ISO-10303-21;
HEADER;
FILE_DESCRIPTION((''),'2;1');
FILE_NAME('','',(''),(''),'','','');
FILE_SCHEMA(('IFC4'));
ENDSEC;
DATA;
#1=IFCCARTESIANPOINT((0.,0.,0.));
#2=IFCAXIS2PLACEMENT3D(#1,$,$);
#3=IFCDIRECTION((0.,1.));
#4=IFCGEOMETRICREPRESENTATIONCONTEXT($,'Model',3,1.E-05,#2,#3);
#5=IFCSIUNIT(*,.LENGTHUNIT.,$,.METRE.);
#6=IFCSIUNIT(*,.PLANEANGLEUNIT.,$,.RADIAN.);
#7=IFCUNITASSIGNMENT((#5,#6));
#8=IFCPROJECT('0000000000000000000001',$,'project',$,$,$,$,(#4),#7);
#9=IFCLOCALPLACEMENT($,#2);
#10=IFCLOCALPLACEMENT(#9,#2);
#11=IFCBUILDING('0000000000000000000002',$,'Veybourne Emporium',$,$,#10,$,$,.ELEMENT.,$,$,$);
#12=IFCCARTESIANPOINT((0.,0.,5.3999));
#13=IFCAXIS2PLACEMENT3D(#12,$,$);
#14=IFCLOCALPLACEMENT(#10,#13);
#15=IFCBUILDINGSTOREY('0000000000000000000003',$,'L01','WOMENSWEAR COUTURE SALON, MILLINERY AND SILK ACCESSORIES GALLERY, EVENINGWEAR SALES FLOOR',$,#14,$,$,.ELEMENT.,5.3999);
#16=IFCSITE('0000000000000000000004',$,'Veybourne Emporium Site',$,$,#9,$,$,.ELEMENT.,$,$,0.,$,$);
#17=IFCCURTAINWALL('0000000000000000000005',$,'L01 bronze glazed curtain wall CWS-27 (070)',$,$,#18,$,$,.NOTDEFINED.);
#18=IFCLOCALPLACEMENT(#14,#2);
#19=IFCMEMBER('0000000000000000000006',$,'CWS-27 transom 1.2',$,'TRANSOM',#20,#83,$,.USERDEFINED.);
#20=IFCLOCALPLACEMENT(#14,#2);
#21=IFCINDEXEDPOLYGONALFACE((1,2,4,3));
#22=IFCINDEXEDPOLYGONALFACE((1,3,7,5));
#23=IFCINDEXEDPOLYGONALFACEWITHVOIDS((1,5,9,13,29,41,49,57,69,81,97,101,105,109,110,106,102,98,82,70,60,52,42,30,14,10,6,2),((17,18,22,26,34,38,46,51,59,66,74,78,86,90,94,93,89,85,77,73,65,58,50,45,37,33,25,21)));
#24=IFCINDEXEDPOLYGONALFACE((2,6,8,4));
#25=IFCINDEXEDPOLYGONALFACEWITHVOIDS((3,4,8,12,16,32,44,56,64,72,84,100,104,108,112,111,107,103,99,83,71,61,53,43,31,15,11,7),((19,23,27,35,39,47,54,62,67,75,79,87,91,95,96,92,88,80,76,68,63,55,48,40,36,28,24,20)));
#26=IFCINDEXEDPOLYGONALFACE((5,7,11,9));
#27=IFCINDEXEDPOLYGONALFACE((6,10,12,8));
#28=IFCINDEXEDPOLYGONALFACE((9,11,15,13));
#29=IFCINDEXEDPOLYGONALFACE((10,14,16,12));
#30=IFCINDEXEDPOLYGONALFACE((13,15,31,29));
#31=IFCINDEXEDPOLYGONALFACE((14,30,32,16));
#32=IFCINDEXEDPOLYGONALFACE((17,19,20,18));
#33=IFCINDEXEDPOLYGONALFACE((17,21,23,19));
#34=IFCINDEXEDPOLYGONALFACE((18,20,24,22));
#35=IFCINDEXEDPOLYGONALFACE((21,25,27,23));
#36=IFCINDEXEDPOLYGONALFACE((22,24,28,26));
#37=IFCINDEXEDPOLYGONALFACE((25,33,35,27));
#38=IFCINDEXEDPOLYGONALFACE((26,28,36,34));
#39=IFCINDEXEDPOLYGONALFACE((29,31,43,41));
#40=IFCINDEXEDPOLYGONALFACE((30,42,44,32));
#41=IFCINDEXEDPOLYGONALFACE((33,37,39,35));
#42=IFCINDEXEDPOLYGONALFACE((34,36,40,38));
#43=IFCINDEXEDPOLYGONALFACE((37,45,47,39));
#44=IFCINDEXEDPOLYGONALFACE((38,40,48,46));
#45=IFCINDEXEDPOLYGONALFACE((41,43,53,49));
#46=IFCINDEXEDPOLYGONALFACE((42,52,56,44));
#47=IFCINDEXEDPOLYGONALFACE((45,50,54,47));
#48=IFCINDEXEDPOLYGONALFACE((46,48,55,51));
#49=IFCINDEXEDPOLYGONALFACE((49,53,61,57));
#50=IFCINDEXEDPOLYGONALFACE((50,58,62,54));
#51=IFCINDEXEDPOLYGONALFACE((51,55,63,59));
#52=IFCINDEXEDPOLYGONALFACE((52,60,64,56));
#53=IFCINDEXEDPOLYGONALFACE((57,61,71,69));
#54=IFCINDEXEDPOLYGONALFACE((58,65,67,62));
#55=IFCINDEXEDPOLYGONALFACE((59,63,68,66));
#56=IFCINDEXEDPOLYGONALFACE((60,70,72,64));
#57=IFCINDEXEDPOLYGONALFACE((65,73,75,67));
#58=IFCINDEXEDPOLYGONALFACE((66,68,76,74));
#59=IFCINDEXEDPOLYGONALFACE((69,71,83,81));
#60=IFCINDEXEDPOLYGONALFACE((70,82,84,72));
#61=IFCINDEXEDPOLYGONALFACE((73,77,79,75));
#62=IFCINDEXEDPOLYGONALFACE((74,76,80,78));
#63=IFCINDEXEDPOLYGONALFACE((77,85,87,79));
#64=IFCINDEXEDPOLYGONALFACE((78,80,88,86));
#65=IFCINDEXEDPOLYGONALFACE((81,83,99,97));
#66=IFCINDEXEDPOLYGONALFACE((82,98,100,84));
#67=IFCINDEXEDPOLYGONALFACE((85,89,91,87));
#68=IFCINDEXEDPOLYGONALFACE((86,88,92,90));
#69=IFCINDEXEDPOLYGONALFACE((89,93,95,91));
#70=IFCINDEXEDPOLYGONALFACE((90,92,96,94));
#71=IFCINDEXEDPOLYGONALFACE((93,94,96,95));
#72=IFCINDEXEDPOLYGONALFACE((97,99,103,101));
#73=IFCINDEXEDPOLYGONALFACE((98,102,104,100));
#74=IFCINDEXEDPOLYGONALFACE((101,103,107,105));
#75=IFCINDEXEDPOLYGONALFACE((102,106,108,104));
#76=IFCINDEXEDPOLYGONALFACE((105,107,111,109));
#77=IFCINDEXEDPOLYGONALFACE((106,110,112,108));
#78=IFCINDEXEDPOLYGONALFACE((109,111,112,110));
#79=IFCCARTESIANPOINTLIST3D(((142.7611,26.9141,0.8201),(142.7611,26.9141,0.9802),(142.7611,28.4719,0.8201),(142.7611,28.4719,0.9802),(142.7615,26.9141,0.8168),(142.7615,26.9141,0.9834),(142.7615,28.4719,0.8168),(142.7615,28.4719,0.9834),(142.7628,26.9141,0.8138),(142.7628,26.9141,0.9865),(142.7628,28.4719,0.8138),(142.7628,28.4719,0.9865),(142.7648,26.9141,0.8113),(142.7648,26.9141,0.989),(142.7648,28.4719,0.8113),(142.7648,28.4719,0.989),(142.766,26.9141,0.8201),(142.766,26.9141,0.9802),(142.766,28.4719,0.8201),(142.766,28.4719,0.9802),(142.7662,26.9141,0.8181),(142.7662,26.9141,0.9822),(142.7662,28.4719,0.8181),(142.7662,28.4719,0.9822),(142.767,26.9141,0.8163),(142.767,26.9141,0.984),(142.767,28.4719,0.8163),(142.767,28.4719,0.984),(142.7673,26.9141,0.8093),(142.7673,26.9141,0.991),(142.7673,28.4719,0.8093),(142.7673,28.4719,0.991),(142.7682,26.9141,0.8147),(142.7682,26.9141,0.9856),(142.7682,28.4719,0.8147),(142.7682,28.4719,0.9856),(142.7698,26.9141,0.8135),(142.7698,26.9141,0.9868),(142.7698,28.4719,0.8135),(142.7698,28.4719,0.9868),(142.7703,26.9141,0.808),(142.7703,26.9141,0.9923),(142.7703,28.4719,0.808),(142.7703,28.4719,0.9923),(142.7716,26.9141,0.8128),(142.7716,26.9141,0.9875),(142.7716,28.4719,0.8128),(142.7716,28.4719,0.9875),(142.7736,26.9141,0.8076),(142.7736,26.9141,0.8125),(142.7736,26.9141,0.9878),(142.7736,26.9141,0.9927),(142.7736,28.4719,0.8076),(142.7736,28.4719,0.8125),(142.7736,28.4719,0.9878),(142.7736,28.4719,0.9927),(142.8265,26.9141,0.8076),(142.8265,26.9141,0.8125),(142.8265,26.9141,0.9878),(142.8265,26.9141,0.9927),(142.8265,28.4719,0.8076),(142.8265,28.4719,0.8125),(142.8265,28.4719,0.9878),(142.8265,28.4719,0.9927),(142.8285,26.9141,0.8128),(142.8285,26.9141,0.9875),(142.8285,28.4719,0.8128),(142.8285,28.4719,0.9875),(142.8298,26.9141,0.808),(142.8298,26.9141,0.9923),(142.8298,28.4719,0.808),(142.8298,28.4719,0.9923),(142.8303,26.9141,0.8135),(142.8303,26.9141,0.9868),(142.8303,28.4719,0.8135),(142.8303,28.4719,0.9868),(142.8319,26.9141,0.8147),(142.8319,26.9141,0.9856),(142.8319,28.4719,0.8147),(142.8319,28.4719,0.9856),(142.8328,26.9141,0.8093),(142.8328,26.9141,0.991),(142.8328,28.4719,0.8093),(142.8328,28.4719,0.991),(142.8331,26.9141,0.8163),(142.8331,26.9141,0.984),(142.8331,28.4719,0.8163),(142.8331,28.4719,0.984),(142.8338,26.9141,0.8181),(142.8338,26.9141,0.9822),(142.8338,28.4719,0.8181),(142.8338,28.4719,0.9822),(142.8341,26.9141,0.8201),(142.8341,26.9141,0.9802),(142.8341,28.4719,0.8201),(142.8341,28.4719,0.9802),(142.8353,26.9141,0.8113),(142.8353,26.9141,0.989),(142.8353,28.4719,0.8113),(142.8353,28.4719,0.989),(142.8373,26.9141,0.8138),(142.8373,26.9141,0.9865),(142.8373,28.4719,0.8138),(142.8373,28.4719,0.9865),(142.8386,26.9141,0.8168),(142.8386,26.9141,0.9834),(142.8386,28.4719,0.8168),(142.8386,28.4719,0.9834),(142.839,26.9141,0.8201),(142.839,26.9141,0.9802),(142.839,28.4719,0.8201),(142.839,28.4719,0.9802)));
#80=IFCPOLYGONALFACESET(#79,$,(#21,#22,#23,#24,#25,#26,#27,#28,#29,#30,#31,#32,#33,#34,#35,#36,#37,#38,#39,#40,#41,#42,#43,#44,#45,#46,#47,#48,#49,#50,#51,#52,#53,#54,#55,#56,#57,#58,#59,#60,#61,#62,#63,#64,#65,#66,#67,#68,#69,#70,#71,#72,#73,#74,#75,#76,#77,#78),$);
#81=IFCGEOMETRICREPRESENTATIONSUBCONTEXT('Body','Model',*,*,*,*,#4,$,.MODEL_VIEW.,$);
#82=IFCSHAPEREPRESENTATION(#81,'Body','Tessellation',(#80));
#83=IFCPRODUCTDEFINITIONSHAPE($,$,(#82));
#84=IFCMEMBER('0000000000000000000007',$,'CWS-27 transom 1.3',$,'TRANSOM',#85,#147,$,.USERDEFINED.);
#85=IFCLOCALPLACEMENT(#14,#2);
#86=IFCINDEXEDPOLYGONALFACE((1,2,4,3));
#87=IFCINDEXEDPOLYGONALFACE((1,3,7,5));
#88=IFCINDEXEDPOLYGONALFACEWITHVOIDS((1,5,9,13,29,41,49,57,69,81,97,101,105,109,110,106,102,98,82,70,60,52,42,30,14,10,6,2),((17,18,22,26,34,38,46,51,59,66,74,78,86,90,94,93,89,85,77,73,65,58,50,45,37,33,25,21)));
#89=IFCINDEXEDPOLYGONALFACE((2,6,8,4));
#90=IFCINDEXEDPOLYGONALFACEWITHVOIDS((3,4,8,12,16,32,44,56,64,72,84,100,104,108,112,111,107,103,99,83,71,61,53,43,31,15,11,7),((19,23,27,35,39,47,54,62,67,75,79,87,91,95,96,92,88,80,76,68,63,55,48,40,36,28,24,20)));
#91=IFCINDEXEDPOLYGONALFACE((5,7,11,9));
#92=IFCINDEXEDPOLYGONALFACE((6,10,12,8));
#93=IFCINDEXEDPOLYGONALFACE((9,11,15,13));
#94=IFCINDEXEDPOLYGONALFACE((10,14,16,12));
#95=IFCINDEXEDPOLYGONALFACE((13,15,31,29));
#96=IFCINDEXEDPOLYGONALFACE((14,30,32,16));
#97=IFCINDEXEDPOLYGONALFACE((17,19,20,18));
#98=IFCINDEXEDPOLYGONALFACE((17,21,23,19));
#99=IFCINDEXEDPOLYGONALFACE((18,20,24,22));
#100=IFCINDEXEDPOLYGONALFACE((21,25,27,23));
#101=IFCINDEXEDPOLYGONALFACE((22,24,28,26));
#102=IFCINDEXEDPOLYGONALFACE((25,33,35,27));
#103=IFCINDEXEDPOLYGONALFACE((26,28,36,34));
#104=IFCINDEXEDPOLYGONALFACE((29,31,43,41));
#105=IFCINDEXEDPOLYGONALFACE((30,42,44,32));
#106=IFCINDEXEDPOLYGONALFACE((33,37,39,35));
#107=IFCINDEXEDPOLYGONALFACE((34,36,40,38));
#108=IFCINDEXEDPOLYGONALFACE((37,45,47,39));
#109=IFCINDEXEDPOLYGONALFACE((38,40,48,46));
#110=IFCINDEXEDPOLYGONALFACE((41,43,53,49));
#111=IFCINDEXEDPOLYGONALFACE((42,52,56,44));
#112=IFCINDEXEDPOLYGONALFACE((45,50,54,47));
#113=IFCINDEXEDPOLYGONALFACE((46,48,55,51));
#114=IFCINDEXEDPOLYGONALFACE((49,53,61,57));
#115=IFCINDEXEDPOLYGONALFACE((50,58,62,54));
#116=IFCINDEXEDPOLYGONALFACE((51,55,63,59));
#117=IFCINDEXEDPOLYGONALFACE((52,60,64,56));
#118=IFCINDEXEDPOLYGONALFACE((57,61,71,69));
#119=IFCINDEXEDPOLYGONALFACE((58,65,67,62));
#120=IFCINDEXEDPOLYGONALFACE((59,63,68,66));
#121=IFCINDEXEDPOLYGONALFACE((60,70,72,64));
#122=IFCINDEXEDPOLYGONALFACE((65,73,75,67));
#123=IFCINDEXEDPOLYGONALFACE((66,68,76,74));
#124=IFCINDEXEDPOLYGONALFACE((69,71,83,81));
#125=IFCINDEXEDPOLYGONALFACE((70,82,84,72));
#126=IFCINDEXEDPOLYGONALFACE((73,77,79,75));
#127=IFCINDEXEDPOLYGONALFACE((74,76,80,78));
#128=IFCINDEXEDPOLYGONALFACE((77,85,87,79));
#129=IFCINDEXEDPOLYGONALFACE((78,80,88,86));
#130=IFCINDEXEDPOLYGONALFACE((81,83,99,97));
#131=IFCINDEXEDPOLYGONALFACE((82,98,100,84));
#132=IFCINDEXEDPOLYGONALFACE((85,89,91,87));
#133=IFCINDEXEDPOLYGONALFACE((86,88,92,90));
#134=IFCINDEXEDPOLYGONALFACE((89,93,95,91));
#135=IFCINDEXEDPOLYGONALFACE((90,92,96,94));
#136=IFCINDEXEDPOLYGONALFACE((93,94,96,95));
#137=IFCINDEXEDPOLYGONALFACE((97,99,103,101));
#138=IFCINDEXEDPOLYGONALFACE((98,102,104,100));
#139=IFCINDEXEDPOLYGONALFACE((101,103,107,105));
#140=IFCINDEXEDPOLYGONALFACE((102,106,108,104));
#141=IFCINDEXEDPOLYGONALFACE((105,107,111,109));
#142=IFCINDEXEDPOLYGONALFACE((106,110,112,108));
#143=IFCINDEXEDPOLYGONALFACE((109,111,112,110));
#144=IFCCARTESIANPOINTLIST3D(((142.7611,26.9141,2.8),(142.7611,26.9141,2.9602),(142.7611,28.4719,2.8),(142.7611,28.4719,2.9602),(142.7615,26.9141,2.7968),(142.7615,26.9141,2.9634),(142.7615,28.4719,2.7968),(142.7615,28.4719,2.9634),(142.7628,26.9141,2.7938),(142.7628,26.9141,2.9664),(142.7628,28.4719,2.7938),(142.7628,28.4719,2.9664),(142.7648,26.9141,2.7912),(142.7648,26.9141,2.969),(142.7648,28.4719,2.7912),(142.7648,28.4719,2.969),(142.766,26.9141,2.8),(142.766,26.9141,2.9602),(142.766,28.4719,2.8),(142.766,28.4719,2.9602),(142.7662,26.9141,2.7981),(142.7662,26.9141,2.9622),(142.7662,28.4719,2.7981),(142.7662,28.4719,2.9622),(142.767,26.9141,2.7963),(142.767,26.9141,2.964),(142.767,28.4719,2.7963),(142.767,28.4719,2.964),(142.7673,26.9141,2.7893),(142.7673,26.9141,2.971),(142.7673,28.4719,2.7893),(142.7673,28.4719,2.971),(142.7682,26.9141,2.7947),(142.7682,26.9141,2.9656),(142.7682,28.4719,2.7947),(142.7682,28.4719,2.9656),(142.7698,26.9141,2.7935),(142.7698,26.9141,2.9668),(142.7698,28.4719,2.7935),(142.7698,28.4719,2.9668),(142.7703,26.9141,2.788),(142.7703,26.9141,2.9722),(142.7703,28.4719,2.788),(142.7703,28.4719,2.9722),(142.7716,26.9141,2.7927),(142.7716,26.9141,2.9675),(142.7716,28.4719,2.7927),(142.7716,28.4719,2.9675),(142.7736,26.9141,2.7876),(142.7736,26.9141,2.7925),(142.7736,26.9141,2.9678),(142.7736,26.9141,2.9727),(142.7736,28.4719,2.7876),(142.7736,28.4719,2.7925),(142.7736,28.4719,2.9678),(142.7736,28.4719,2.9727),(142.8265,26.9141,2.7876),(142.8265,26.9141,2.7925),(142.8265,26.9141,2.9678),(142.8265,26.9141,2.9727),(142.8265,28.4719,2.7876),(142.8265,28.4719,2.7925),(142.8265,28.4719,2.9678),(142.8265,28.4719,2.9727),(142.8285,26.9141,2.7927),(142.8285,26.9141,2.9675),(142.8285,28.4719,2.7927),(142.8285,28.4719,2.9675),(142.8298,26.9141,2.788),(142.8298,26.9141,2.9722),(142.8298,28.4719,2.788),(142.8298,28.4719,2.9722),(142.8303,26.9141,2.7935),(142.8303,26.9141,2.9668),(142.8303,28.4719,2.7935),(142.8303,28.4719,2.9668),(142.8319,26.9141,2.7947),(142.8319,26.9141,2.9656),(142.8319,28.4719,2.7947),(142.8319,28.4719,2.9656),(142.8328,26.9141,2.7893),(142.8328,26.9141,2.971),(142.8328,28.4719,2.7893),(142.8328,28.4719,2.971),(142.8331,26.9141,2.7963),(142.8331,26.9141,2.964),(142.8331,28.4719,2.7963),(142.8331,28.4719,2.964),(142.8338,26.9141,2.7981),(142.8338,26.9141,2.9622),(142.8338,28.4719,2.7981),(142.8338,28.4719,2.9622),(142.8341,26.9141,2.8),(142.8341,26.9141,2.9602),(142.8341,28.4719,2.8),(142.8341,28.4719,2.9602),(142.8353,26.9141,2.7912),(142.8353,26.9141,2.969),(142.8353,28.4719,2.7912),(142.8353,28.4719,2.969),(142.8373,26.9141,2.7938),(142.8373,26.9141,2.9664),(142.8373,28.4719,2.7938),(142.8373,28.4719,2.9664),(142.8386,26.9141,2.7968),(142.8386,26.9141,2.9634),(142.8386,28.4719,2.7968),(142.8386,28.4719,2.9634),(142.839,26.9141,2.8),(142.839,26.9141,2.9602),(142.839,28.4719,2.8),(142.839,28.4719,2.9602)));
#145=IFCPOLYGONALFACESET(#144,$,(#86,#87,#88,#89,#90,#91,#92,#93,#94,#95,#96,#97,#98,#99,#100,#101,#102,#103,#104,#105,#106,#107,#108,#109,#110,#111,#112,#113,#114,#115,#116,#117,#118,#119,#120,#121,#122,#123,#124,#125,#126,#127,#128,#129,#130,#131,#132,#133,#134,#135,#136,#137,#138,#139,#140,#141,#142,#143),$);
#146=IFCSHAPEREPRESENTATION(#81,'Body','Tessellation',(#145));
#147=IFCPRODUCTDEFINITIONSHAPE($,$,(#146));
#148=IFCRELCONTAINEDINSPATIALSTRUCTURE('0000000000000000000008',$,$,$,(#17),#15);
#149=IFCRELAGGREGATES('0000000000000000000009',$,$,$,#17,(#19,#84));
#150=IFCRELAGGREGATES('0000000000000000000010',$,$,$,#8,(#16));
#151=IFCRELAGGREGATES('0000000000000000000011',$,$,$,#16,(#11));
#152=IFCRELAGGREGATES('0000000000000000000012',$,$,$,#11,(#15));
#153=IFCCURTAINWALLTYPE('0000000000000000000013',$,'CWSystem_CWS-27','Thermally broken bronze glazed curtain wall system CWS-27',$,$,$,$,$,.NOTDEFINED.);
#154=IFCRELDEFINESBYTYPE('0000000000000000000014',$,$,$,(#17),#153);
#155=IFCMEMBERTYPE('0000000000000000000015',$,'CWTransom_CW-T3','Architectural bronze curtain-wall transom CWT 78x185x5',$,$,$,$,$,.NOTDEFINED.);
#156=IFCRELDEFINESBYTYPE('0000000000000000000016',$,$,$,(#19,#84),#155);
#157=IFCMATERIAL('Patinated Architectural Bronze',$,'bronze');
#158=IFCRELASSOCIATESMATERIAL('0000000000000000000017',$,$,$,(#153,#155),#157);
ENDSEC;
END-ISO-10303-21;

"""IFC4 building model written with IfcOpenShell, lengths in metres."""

from ifc_helpers import new_model, si_unit, direction, frame, origin, origin_2d, place, context, subcontext, project, spatial, hollow_rectangle, extrude, material, material_profile, profile_set, type_object, element, aggregate, save


model = new_model("IFC4")

# Units and contexts
model_context = context("Model", 3, precision=1e-05, world=origin(), true_north=direction((0.0, 1.0)))
body_context = subcontext(model_context, "Body", "Model", "MODEL_VIEW")
ifc_project = project(units=[si_unit("LENGTHUNIT", "METRE"), si_unit("PLANEANGLEUNIT", "RADIAN")], contexts=[model_context])

# Site, building, storey
site_placement = place(None, origin())
site = spatial("IfcSite", under=ifc_project, at=site_placement, Name="Veybourne Emporium Site", CompositionType="ELEMENT", RefElevation=0.0)
building_placement = place(site_placement, origin())
building = spatial("IfcBuilding", under=site, at=building_placement, Name="Veybourne Emporium", CompositionType="ELEMENT")
storey_placement = place(building_placement, frame((0.0, 0.0, 5.3999)))
storey = spatial("IfcBuildingStorey", under=building, at=storey_placement, Name="L01", Description="WOMENSWEAR COUTURE SALON, MILLINERY AND SILK ACCESSORIES GALLERY, EVENINGWEAR SALES FLOOR", CompositionType="ELEMENT", Elevation=5.3999)

# Curtain wall, members
ifc_material_1 = material(Name="Patinated Architectural Bronze", Category="bronze")
curtain_wall_type = type_object("IfcCurtainWallType", Name="CWSystem_CWS-27", Description="Thermally broken bronze glazed curtain wall system CWS-27", PredefinedType="NOTDEFINED", material=ifc_material_1)
curtain_wall_placement = place(storey_placement, origin())
curtain_wall = element("IfcCurtainWall", 1, at=curtain_wall_placement, inside=storey, type_object=curtain_wall_type, Name="L01 bronze glazed curtain wall CWS-27 (070)", PredefinedType="NOTDEFINED")
ifc_material_profile_1 = material_profile(ifc_material_1, hollow_rectangle(XDim=0.0779, YDim=0.1851, WallThickness=0.0049, InnerFilletRadius=0.0076, OuterFilletRadius=0.0125, at=origin_2d()), Name="CWT 78x185x5")
ifc_profile_set_1 = profile_set([ifc_material_profile_1], Name="Patinated Architectural Bronze")
member_type_1 = type_object("IfcMemberType", Name="CWTransom_CW-T3", Description="Architectural bronze curtain-wall transom CWT 78x185x5", PredefinedType="NOTDEFINED", material=ifc_profile_set_1)
member_1_placement = place(storey_placement, frame((142.8, 28.4719, 0.9001), z_axis=(0.0, -1.0, 0.0), x_axis=(1.0, 0.0, 0.0)))
member_1 = element("IfcMember", 2, at=member_1_placement, type_object=member_type_1, Name="CWS-27 transom 1.2", ObjectType="TRANSOM", PredefinedType="USERDEFINED", context=body_context, shape_type="SweptSolid", body=[
    extrude(hollow_rectangle(XDim=0.0779, YDim=0.1851, WallThickness=0.0049, InnerFilletRadius=0.0076, OuterFilletRadius=0.0125, at=origin_2d()), origin(), (0.0, 0.0, 1.0), 1.5579),
])
member_2_placement = place(storey_placement, frame((142.8, 28.4719, 2.8801), z_axis=(0.0, -1.0, 0.0), x_axis=(1.0, 0.0, 0.0)))
member_2 = element("IfcMember", 3, at=member_2_placement, type_object=member_type_1, Name="CWS-27 transom 1.3", ObjectType="TRANSOM", PredefinedType="USERDEFINED", context=body_context, shape_type="SweptSolid", body=[
    extrude(hollow_rectangle(XDim=0.0779, YDim=0.1851, WallThickness=0.0049, InnerFilletRadius=0.0076, OuterFilletRadius=0.0125, at=origin_2d()), origin(), (0.0, 0.0, 1.0), 1.5579),
])
aggregate(curtain_wall, [member_1, member_2])

save(model, "model.ifc")
